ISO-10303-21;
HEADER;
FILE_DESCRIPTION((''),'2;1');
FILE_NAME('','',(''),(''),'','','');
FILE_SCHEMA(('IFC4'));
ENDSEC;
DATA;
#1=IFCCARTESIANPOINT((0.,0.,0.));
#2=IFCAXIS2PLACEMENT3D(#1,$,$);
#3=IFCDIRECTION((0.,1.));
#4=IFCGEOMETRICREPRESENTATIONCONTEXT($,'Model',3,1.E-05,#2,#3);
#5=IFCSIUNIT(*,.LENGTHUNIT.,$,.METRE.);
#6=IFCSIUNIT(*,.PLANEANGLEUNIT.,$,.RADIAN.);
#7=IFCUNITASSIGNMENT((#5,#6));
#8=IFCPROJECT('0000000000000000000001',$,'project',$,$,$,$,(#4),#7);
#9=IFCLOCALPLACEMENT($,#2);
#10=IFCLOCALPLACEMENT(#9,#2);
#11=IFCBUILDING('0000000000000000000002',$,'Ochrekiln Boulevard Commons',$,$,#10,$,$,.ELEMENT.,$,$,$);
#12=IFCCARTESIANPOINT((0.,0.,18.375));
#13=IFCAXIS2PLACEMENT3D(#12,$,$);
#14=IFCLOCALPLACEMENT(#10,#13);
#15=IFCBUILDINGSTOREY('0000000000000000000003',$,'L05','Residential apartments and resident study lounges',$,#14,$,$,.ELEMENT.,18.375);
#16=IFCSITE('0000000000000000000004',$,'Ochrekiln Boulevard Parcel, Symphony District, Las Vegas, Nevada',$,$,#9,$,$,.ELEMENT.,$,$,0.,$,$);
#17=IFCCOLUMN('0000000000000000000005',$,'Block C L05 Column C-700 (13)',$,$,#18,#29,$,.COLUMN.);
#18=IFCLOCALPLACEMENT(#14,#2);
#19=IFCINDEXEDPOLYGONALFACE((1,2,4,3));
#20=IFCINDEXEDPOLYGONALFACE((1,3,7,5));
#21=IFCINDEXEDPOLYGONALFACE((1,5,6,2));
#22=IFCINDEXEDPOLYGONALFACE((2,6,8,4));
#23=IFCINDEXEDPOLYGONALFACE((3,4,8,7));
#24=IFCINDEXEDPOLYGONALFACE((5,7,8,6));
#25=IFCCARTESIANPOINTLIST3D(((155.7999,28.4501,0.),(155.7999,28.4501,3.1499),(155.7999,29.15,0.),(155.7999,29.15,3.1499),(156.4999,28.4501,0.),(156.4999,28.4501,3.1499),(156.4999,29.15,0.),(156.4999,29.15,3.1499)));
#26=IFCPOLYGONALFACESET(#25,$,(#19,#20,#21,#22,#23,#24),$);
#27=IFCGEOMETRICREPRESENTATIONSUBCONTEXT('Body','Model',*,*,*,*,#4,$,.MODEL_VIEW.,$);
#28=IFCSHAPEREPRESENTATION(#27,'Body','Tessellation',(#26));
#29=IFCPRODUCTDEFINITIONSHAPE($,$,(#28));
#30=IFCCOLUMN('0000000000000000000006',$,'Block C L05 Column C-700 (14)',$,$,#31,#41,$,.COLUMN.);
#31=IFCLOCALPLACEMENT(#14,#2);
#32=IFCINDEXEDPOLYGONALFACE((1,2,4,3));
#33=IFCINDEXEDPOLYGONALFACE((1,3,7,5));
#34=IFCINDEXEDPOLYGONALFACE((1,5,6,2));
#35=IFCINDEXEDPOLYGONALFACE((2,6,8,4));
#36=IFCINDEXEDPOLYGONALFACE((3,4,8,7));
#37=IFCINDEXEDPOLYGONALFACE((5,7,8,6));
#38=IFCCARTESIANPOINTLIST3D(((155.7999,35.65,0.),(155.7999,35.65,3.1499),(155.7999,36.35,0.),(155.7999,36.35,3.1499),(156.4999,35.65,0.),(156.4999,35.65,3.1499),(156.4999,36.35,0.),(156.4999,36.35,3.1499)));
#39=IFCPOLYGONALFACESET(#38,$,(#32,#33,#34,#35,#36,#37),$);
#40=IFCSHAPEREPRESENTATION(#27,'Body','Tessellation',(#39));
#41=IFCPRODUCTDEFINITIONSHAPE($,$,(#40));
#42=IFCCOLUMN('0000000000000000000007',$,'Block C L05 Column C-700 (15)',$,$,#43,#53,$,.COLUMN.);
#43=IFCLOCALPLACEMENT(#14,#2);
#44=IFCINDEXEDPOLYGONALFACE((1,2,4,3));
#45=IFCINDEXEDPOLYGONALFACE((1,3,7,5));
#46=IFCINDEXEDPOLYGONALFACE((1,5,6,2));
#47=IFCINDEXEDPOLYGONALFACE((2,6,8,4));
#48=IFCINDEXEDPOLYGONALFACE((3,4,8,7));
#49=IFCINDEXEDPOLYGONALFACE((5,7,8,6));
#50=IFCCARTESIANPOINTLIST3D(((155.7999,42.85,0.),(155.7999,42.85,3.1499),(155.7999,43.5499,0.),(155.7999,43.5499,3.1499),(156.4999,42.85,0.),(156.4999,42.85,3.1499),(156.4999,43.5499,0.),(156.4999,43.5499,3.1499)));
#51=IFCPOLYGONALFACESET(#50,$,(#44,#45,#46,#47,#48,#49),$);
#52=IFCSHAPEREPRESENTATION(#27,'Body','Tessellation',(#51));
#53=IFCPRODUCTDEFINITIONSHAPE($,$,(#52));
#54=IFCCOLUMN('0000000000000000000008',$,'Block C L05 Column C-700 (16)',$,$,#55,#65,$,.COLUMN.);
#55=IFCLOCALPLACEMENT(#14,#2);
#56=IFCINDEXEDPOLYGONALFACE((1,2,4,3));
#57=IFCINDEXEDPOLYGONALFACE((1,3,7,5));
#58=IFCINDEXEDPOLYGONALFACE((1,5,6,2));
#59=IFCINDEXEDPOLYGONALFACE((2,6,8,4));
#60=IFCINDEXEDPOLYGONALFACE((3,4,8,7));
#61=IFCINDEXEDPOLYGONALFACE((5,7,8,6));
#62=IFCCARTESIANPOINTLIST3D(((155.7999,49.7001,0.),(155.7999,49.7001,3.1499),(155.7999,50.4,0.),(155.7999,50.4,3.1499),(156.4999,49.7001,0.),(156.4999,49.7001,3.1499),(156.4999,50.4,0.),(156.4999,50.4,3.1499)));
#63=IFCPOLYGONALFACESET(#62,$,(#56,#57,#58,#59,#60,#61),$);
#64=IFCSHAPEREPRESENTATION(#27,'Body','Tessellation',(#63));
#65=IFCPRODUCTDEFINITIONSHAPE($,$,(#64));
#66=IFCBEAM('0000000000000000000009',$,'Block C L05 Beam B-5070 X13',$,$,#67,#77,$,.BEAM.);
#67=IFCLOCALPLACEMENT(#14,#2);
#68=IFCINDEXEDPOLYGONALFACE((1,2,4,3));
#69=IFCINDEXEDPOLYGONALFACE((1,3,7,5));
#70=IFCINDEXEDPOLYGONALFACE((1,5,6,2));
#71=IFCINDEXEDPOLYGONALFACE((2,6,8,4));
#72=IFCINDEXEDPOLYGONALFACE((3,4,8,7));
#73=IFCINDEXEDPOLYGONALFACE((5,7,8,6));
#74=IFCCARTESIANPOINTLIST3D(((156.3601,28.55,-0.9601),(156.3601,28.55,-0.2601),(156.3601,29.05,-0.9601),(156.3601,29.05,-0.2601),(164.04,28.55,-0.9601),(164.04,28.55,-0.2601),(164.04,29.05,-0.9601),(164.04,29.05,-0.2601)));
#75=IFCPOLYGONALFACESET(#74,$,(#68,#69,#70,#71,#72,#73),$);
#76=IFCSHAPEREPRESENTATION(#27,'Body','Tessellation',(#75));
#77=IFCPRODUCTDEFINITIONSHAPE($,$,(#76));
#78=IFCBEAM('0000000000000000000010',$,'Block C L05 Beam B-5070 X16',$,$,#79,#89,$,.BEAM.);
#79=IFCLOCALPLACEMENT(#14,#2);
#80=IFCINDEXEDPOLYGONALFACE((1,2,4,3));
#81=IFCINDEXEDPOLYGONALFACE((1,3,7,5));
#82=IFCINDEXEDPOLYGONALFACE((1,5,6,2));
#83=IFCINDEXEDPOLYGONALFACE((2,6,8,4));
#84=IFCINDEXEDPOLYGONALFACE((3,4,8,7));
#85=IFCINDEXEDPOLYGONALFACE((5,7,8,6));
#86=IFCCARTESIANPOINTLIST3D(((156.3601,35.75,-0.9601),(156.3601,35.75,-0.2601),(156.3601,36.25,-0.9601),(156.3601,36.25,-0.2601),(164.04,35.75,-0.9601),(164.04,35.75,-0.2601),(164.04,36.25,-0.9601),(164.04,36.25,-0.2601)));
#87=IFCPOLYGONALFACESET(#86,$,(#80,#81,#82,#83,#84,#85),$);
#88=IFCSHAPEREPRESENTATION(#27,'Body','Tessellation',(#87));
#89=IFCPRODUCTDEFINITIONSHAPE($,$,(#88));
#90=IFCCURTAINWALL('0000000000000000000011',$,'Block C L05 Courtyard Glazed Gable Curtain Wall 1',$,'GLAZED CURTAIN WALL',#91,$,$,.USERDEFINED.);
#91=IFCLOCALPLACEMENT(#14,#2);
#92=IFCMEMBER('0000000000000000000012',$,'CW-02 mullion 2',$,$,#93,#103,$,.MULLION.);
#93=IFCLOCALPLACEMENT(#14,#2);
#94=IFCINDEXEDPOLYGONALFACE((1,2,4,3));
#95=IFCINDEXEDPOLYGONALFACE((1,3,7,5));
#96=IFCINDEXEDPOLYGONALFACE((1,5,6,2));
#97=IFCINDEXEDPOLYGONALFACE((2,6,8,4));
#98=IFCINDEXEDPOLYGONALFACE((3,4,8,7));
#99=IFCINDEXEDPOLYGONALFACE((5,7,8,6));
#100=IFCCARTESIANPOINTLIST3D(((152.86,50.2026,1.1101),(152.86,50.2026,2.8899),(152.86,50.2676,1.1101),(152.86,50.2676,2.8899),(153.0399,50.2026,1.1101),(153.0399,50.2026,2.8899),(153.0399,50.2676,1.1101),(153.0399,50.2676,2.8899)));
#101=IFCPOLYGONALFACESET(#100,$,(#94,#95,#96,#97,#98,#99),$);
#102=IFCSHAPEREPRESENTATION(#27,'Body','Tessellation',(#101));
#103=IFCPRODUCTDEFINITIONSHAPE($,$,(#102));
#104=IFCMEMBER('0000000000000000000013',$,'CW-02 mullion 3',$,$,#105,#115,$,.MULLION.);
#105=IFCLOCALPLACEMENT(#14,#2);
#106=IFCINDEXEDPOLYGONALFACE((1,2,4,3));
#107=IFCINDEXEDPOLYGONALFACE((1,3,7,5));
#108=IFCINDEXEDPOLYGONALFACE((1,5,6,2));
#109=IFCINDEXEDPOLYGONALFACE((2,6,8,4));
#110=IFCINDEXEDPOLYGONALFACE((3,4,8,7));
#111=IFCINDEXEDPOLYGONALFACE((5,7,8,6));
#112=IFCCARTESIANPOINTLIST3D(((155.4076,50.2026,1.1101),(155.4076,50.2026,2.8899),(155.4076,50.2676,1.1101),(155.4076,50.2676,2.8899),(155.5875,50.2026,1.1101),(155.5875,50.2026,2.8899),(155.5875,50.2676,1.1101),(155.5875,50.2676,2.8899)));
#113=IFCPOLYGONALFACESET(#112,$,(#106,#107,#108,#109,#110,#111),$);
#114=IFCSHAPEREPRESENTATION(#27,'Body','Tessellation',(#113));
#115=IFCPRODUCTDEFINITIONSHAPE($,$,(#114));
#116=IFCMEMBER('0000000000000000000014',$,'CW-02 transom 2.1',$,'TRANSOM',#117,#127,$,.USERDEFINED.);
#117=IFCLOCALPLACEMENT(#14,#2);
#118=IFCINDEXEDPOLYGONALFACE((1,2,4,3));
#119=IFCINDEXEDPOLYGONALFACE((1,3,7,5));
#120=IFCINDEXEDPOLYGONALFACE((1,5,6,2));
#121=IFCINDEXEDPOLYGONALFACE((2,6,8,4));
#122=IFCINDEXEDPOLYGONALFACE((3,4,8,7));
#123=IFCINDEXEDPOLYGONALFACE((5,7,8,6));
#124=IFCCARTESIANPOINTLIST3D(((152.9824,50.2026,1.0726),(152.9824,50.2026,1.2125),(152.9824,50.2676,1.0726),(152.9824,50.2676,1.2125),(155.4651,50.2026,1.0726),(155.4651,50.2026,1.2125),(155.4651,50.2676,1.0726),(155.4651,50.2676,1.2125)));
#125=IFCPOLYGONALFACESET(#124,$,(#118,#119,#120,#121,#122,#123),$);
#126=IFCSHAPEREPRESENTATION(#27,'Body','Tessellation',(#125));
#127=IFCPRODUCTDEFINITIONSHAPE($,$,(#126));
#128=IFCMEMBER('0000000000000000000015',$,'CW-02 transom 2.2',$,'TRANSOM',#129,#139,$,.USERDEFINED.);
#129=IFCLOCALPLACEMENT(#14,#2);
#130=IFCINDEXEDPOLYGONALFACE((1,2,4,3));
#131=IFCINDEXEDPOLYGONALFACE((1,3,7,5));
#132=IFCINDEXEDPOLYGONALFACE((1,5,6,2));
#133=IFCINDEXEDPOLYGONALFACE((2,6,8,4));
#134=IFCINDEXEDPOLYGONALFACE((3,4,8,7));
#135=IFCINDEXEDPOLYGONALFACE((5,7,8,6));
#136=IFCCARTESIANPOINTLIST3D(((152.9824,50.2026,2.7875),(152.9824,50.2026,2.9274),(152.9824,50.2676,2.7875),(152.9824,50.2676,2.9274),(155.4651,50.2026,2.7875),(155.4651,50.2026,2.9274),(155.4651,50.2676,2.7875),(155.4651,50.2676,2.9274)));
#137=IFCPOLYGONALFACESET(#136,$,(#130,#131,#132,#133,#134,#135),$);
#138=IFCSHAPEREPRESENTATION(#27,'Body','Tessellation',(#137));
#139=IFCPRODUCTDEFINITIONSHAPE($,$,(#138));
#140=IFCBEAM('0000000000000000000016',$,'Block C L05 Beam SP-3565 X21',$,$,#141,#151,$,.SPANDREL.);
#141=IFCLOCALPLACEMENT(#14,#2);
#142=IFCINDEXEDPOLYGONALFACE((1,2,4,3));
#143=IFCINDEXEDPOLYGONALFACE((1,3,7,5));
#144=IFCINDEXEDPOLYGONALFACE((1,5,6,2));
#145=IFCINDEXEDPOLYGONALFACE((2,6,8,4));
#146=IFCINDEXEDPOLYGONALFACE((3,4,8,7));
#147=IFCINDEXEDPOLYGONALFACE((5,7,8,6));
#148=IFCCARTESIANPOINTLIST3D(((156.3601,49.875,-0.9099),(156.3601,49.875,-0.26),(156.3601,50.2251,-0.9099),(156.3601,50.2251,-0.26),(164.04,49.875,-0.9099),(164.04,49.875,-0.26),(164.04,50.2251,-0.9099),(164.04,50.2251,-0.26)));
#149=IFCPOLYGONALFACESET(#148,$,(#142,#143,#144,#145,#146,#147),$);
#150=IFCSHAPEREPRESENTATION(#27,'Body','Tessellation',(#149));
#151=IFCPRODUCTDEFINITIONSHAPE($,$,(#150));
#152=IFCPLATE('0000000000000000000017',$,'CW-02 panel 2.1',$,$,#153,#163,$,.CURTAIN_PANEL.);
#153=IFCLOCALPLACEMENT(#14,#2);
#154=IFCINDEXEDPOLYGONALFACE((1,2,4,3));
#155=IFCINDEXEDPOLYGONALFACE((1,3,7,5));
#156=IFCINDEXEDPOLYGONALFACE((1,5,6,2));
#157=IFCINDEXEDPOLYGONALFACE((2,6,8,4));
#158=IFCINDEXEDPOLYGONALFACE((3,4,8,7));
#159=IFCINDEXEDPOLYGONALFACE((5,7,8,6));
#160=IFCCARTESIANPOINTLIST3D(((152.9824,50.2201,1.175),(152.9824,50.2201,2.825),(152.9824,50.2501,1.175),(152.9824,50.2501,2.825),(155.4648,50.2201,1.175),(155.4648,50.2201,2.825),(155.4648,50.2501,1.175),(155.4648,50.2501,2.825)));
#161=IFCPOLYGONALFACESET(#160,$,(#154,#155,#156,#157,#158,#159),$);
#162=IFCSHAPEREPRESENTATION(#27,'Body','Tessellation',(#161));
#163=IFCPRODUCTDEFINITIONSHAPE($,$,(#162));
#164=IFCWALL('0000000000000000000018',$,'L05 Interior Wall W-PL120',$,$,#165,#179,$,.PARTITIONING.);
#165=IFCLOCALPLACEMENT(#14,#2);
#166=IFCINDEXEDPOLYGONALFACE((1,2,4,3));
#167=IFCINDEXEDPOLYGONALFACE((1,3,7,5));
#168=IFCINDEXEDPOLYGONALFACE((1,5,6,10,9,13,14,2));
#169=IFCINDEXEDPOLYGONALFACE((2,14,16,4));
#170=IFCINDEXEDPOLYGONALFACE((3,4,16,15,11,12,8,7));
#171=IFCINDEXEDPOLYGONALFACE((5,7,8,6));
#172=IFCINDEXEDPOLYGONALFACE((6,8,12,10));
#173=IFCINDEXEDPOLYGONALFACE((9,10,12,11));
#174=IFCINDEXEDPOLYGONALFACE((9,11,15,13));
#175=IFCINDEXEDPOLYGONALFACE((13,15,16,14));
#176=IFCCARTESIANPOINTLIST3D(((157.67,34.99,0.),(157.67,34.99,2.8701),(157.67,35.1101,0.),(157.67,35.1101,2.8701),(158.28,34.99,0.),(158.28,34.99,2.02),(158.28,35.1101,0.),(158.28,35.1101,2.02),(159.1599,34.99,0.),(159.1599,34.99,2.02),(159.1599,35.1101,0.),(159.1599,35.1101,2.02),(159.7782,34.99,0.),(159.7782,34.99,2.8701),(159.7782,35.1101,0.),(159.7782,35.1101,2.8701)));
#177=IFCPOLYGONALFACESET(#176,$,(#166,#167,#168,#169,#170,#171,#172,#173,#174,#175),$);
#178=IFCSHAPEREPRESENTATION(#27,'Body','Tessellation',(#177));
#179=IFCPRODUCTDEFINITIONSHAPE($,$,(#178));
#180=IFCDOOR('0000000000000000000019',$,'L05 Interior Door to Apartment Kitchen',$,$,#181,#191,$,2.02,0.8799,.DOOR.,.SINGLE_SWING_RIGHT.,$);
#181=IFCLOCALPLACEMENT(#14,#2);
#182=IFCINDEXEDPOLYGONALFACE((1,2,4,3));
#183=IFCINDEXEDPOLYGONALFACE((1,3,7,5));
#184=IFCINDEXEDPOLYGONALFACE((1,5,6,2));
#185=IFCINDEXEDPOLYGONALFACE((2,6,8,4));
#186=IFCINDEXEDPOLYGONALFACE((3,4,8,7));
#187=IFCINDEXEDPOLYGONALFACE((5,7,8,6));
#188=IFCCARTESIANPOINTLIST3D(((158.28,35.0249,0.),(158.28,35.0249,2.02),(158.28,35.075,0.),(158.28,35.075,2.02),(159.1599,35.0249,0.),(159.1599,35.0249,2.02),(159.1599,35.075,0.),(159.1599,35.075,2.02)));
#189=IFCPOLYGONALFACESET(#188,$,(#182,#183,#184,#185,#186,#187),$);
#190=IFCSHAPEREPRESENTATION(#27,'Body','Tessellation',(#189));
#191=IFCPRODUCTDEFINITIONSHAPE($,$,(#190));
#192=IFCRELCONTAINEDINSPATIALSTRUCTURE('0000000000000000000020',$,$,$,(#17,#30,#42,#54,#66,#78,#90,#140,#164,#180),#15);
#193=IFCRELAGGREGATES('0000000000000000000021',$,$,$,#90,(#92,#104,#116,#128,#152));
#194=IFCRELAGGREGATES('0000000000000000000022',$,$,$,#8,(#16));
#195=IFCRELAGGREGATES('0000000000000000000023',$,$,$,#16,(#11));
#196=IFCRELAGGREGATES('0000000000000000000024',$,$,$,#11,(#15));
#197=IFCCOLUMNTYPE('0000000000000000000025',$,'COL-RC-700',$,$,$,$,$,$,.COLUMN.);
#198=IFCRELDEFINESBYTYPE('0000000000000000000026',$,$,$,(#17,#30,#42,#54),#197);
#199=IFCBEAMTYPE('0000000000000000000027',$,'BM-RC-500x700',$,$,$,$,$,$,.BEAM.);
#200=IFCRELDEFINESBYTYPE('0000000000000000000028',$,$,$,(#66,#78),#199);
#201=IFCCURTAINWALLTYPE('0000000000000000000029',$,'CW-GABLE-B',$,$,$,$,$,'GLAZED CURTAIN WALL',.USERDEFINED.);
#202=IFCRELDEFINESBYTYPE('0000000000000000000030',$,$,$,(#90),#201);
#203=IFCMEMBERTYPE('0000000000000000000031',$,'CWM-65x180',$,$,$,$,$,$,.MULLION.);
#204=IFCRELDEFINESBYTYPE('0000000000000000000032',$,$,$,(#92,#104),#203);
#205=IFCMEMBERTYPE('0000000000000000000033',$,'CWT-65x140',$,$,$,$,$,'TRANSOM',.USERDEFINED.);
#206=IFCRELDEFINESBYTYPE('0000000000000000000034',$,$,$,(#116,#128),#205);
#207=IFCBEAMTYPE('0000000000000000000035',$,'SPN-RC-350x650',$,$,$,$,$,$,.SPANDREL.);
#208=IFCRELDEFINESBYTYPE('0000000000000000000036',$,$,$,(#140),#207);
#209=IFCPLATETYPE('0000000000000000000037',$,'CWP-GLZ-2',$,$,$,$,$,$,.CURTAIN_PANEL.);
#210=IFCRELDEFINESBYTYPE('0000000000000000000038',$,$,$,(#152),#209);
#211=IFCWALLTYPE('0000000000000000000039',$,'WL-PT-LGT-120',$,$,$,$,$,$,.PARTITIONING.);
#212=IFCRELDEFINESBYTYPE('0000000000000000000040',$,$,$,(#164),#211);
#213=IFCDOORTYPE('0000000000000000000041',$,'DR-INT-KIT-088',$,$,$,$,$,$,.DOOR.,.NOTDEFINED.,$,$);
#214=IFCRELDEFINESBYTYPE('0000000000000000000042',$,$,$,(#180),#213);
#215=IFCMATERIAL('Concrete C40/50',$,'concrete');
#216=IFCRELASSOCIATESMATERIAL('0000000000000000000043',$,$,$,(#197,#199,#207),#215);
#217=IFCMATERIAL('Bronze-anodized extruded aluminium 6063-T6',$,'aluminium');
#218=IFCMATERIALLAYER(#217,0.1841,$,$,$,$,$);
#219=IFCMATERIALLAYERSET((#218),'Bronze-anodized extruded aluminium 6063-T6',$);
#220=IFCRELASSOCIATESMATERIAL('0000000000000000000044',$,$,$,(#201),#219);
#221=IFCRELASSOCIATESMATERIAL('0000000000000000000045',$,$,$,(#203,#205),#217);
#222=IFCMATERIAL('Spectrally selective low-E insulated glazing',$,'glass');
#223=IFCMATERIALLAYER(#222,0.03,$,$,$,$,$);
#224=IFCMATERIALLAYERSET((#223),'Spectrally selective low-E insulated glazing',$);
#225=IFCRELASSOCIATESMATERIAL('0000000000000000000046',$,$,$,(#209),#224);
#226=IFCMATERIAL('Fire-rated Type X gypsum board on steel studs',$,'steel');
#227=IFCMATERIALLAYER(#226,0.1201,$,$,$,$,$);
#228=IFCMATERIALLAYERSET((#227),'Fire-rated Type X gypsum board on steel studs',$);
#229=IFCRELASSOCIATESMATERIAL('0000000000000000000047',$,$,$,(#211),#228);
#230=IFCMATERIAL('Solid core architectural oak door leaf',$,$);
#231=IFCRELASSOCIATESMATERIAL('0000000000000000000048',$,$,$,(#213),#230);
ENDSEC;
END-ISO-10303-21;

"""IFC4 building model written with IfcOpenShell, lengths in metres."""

from ifc_helpers import new_model, si_unit, direction, frame, frame_2d, origin, origin_2d, place, context, subcontext, project, spatial, rectangle, extrude, material, layer, layer_set, material_profile, profile_set, type_object, element, fill, aggregate, save


model = new_model("IFC4")

# Units and contexts
model_context = context("Model", 3, precision=1e-05, world=origin(), true_north=direction((0.0, 1.0)))
body_context = subcontext(model_context, "Body", "Model", "MODEL_VIEW")
ifc_project = project(units=[si_unit("LENGTHUNIT", "METRE"), si_unit("PLANEANGLEUNIT", "RADIAN")], contexts=[model_context])

# Site, building, storey
site_placement = place(None, origin())
site = spatial("IfcSite", under=ifc_project, at=site_placement, Name="Ochrekiln Boulevard Parcel, Symphony District, Las Vegas, Nevada", CompositionType="ELEMENT", RefElevation=0.0)
building_placement = place(site_placement, origin())
building = spatial("IfcBuilding", under=site, at=building_placement, Name="Ochrekiln Boulevard Commons", CompositionType="ELEMENT")
storey_placement = place(building_placement, frame((0.0, 0.0, 18.375)))
storey = spatial("IfcBuildingStorey", under=building, at=storey_placement, Name="L05", Description="Residential apartments and resident study lounges", CompositionType="ELEMENT", Elevation=18.375)

# Columns
ifc_material_1 = material(Name="Concrete C40/50", Category="concrete")
ifc_material_profile_1 = material_profile(ifc_material_1, rectangle(XDim=0.7, YDim=0.7, at=origin_2d()), Name="RC-COL-700x700")
ifc_profile_set_1 = profile_set([ifc_material_profile_1], Name="Concrete C40/50")
column_type = type_object("IfcColumnType", Name="COL-RC-700", PredefinedType="COLUMN", material=ifc_profile_set_1)
for number, where, z_axis, x_axis, name in (
    (1, (156.1499, 28.8, 0.0), (0.0, 0.0, 1.0), (1.0, 0.0, 0.0), "Block C L05 Column C-700 (13)"),
    (2, (156.1499, 36.0, 0.0), (0.0, 0.0, 1.0), (1.0, 0.0, 0.0), "Block C L05 Column C-700 (14)"),
    (3, (156.1499, 43.2, 0.0), (0.0, 0.0, 1.0), (1.0, 0.0, 0.0), "Block C L05 Column C-700 (15)"),
    (4, (156.1499, 50.05, 0.0), (0.0, 0.0, 1.0), (1.0, 0.0, 0.0), "Block C L05 Column C-700 (16)"),
):
    element("IfcColumn", number, at=place(storey_placement, frame(where, z_axis=z_axis, x_axis=x_axis)), inside=storey, type_object=column_type, Name=name, PredefinedType="COLUMN", context=body_context, shape_type="SweptSolid", body=[
        extrude(rectangle(XDim=0.7, YDim=0.7, at=origin_2d()), origin(), (0.0, 0.0, 1.0), 3.1499),
    ])

# Beams
ifc_material_profile_2 = material_profile(ifc_material_1, rectangle(XDim=0.5, YDim=0.7, at=origin_2d()), Name="RC-BM-500x700")
ifc_profile_set_2 = profile_set([ifc_material_profile_2], Name="Concrete C40/50")
beam_type_1 = type_object("IfcBeamType", Name="BM-RC-500x700", PredefinedType="BEAM", material=ifc_profile_set_2)
for number, where, z_axis, x_axis, name in (
    (5, (156.3601, 28.8, -0.6101), (1.0, 0.0, 0.0), (0.0, 1.0, 0.0), "Block C L05 Beam B-5070 X13"),
    (6, (156.3601, 36.0, -0.6101), (1.0, 0.0, 0.0), (0.0, 1.0, 0.0), "Block C L05 Beam B-5070 X16"),
):
    element("IfcBeam", number, at=place(storey_placement, frame(where, z_axis=z_axis, x_axis=x_axis)), inside=storey, type_object=beam_type_1, Name=name, PredefinedType="BEAM", context=body_context, shape_type="SweptSolid", body=[
        extrude(rectangle(XDim=0.5, YDim=0.7, at=origin_2d()), origin(), (0.0, 0.0, 1.0), 7.6799),
    ])

# Curtain wall, members
ifc_material_2 = material(Name="Bronze-anodized extruded aluminium 6063-T6", Category="aluminium")
ifc_layer_1 = layer(ifc_material_2, 0.1841)
ifc_layer_set_1 = layer_set([ifc_layer_1], Name="Bronze-anodized extruded aluminium 6063-T6")
curtain_wall_type = type_object("IfcCurtainWallType", Name="CW-GABLE-B", ElementType="GLAZED CURTAIN WALL", PredefinedType="USERDEFINED", material=ifc_layer_set_1)
curtain_wall_placement = place(storey_placement, origin())
curtain_wall = element("IfcCurtainWall", 7, at=curtain_wall_placement, inside=storey, type_object=curtain_wall_type, Name="Block C L05 Courtyard Glazed Gable Curtain Wall 1", ObjectType="GLAZED CURTAIN WALL", PredefinedType="USERDEFINED")
ifc_material_profile_3 = material_profile(ifc_material_2, rectangle(XDim=0.0649, YDim=0.1799, at=origin_2d()), Name="ALU-MUL-65x180")
ifc_profile_set_3 = profile_set([ifc_material_profile_3], Name="Bronze-anodized extruded aluminium 6063-T6")
member_type_1 = type_object("IfcMemberType", Name="CWM-65x180", PredefinedType="MULLION", material=ifc_profile_set_3)
member_1_placement = place(storey_placement, frame((152.95, 50.2351, 1.1101), z_axis=(0.0, 0.0, 1.0), x_axis=(0.0, 1.0, 0.0)))
member_1 = element("IfcMember", 8, at=member_1_placement, type_object=member_type_1, Name="CW-02 mullion 2", PredefinedType="MULLION", context=body_context, shape_type="SweptSolid", body=[
    extrude(rectangle(XDim=0.0649, YDim=0.1799, at=origin_2d()), origin(), (0.0, 0.0, 1.0), 1.7798),
])
member_2_placement = place(storey_placement, frame((155.4976, 50.2351, 1.1101), z_axis=(0.0, 0.0, 1.0), x_axis=(0.0, 1.0, 0.0)))
member_2 = element("IfcMember", 9, at=member_2_placement, type_object=member_type_1, Name="CW-02 mullion 3", PredefinedType="MULLION", context=body_context, shape_type="SweptSolid", body=[
    extrude(rectangle(XDim=0.0649, YDim=0.1799, at=origin_2d()), origin(), (0.0, 0.0, 1.0), 1.7798),
])
ifc_material_profile_4 = material_profile(ifc_material_2, rectangle(XDim=0.0649, YDim=0.1399, at=origin_2d()), Name="ALU-TRN-65x140")
ifc_profile_set_4 = profile_set([ifc_material_profile_4], Name="Bronze-anodized extruded aluminium 6063-T6")
member_type_2 = type_object("IfcMemberType", Name="CWT-65x140", ElementType="TRANSOM", PredefinedType="USERDEFINED", material=ifc_profile_set_4)
member_3_placement = place(storey_placement, frame((152.9824, 50.2351, 1.1426), z_axis=(1.0, 0.0, 0.0), x_axis=(0.0, 1.0, 0.0)))
member_3 = element("IfcMember", 10, at=member_3_placement, type_object=member_type_2, Name="CW-02 transom 2.1", ObjectType="TRANSOM", PredefinedType="USERDEFINED", context=body_context, shape_type="SweptSolid", body=[
    extrude(rectangle(XDim=0.0649, YDim=0.1399, at=origin_2d()), origin(), (0.0, 0.0, 1.0), 2.4827),
])
member_4_placement = place(storey_placement, frame((152.9824, 50.2351, 2.8574), z_axis=(1.0, 0.0, 0.0), x_axis=(0.0, 1.0, 0.0)))
member_4 = element("IfcMember", 11, at=member_4_placement, type_object=member_type_2, Name="CW-02 transom 2.2", ObjectType="TRANSOM", PredefinedType="USERDEFINED", context=body_context, shape_type="SweptSolid", body=[
    extrude(rectangle(XDim=0.0649, YDim=0.1399, at=origin_2d()), origin(), (0.0, 0.0, 1.0), 2.4827),
])

# Beam
ifc_material_profile_5 = material_profile(ifc_material_1, rectangle(XDim=0.3501, YDim=0.6499, at=origin_2d()), Name="RC-SPN-350x650")
ifc_profile_set_5 = profile_set([ifc_material_profile_5], Name="Concrete C40/50")
beam_type_2 = type_object("IfcBeamType", Name="SPN-RC-350x650", PredefinedType="SPANDREL", material=ifc_profile_set_5)
beam_placement = place(storey_placement, frame((156.3601, 50.05, -0.585), z_axis=(1.0, 0.0, 0.0), x_axis=(0.0, 1.0, 0.0)))
element("IfcBeam", 12, at=beam_placement, inside=storey, type_object=beam_type_2, Name="Block C L05 Beam SP-3565 X21", PredefinedType="SPANDREL", context=body_context, shape_type="SweptSolid", body=[
    extrude(rectangle(XDim=0.3501, YDim=0.6499, at=origin_2d()), origin(), (0.0, 0.0, 1.0), 7.6799),
])

# Plate
ifc_material_3 = material(Name="Spectrally selective low-E insulated glazing", Category="glass")
ifc_layer_2 = layer(ifc_material_3, 0.03)
ifc_layer_set_2 = layer_set([ifc_layer_2], Name="Spectrally selective low-E insulated glazing")
plate_type = type_object("IfcPlateType", Name="CWP-GLZ-2", PredefinedType="CURTAIN_PANEL", material=ifc_layer_set_2)
plate_placement = place(storey_placement, frame((154.2236, 50.2351, 1.175), z_axis=(0.0, 0.0, 1.0), x_axis=(1.0, 0.0, 0.0)))
plate = element("IfcPlate", 13, at=plate_placement, type_object=plate_type, Name="CW-02 panel 2.1", PredefinedType="CURTAIN_PANEL", context=body_context, shape_type="SweptSolid", body=[
    extrude(rectangle(XDim=2.4824, YDim=0.03, at=origin_2d()), origin(), (0.0, 0.0, 1.0), 1.6499),
])
aggregate(curtain_wall, [member_1, member_2, member_3, member_4, plate])

# Wall, opening, door
ifc_material_4 = material(Name="Fire-rated Type X gypsum board on steel studs", Category="steel")
ifc_layer_3 = layer(ifc_material_4, 0.1201)
ifc_layer_set_3 = layer_set([ifc_layer_3], Name="Fire-rated Type X gypsum board on steel studs")
wall_type_1 = type_object("IfcWallType", Name="WL-PT-LGT-120", PredefinedType="PARTITIONING", material=ifc_layer_set_3)
wall_1_placement = place(storey_placement, frame((157.6699, 35.05, 0.0), z_axis=(0.0, 0.0, 1.0), x_axis=(1.0, 0.0, 0.0)))
wall_1 = element("IfcWall", 14, at=wall_1_placement, inside=storey, type_object=wall_type_1, Name="L05 Interior Wall W-PL120", PredefinedType="PARTITIONING", context=body_context, shape_type="SweptSolid", body=[
    extrude(rectangle(XDim=2.1082, YDim=0.1201, at=frame_2d((1.0542, 0.0))), origin(), (0.0, 0.0, 1.0), 2.8701),
])
opening_1_placement = place(wall_1_placement, frame((0.6101, 0.0, 0.0)))
opening_1 = element("IfcOpeningElement", 15, at=opening_1_placement, cuts=wall_1, PredefinedType="OPENING", context=body_context, shape_type="SweptSolid", body=[
    extrude(rectangle(XDim=0.8799, YDim=2.02, at=frame_2d((0.4399, 1.01))), frame((0.0, 0.0701, 0.0), z_axis=(0.0, -1.0, 0.0), x_axis=(1.0, 0.0, 0.0)), (0.0, 0.0, 1.0), 0.1401),
])
ifc_material_5 = material(Name="Solid core architectural oak door leaf")
door_type = type_object("IfcDoorType", Name="DR-INT-KIT-088", OperationType="NOTDEFINED", PredefinedType="DOOR", material=ifc_material_5)
door_1_placement = place(opening_1_placement, origin())
door_1 = element("IfcDoor", 16, at=door_1_placement, inside=storey, type_object=door_type, Name="L05 Interior Door to Apartment Kitchen", OperationType="SINGLE_SWING_RIGHT", OverallHeight=2.02, OverallWidth=0.8799, PredefinedType="DOOR", context=body_context, shape_type="SweptSolid", body=[
    extrude(rectangle(XDim=0.8799, YDim=2.02, at=frame_2d((0.4399, 1.01))), frame((0.0, 0.0249, 0.0), z_axis=(0.0, -1.0, 0.0), x_axis=(1.0, 0.0, 0.0)), (0.0, 0.0, 1.0), 0.05),
])
fill(opening_1, door_1)

save(model, "model.ifc")
